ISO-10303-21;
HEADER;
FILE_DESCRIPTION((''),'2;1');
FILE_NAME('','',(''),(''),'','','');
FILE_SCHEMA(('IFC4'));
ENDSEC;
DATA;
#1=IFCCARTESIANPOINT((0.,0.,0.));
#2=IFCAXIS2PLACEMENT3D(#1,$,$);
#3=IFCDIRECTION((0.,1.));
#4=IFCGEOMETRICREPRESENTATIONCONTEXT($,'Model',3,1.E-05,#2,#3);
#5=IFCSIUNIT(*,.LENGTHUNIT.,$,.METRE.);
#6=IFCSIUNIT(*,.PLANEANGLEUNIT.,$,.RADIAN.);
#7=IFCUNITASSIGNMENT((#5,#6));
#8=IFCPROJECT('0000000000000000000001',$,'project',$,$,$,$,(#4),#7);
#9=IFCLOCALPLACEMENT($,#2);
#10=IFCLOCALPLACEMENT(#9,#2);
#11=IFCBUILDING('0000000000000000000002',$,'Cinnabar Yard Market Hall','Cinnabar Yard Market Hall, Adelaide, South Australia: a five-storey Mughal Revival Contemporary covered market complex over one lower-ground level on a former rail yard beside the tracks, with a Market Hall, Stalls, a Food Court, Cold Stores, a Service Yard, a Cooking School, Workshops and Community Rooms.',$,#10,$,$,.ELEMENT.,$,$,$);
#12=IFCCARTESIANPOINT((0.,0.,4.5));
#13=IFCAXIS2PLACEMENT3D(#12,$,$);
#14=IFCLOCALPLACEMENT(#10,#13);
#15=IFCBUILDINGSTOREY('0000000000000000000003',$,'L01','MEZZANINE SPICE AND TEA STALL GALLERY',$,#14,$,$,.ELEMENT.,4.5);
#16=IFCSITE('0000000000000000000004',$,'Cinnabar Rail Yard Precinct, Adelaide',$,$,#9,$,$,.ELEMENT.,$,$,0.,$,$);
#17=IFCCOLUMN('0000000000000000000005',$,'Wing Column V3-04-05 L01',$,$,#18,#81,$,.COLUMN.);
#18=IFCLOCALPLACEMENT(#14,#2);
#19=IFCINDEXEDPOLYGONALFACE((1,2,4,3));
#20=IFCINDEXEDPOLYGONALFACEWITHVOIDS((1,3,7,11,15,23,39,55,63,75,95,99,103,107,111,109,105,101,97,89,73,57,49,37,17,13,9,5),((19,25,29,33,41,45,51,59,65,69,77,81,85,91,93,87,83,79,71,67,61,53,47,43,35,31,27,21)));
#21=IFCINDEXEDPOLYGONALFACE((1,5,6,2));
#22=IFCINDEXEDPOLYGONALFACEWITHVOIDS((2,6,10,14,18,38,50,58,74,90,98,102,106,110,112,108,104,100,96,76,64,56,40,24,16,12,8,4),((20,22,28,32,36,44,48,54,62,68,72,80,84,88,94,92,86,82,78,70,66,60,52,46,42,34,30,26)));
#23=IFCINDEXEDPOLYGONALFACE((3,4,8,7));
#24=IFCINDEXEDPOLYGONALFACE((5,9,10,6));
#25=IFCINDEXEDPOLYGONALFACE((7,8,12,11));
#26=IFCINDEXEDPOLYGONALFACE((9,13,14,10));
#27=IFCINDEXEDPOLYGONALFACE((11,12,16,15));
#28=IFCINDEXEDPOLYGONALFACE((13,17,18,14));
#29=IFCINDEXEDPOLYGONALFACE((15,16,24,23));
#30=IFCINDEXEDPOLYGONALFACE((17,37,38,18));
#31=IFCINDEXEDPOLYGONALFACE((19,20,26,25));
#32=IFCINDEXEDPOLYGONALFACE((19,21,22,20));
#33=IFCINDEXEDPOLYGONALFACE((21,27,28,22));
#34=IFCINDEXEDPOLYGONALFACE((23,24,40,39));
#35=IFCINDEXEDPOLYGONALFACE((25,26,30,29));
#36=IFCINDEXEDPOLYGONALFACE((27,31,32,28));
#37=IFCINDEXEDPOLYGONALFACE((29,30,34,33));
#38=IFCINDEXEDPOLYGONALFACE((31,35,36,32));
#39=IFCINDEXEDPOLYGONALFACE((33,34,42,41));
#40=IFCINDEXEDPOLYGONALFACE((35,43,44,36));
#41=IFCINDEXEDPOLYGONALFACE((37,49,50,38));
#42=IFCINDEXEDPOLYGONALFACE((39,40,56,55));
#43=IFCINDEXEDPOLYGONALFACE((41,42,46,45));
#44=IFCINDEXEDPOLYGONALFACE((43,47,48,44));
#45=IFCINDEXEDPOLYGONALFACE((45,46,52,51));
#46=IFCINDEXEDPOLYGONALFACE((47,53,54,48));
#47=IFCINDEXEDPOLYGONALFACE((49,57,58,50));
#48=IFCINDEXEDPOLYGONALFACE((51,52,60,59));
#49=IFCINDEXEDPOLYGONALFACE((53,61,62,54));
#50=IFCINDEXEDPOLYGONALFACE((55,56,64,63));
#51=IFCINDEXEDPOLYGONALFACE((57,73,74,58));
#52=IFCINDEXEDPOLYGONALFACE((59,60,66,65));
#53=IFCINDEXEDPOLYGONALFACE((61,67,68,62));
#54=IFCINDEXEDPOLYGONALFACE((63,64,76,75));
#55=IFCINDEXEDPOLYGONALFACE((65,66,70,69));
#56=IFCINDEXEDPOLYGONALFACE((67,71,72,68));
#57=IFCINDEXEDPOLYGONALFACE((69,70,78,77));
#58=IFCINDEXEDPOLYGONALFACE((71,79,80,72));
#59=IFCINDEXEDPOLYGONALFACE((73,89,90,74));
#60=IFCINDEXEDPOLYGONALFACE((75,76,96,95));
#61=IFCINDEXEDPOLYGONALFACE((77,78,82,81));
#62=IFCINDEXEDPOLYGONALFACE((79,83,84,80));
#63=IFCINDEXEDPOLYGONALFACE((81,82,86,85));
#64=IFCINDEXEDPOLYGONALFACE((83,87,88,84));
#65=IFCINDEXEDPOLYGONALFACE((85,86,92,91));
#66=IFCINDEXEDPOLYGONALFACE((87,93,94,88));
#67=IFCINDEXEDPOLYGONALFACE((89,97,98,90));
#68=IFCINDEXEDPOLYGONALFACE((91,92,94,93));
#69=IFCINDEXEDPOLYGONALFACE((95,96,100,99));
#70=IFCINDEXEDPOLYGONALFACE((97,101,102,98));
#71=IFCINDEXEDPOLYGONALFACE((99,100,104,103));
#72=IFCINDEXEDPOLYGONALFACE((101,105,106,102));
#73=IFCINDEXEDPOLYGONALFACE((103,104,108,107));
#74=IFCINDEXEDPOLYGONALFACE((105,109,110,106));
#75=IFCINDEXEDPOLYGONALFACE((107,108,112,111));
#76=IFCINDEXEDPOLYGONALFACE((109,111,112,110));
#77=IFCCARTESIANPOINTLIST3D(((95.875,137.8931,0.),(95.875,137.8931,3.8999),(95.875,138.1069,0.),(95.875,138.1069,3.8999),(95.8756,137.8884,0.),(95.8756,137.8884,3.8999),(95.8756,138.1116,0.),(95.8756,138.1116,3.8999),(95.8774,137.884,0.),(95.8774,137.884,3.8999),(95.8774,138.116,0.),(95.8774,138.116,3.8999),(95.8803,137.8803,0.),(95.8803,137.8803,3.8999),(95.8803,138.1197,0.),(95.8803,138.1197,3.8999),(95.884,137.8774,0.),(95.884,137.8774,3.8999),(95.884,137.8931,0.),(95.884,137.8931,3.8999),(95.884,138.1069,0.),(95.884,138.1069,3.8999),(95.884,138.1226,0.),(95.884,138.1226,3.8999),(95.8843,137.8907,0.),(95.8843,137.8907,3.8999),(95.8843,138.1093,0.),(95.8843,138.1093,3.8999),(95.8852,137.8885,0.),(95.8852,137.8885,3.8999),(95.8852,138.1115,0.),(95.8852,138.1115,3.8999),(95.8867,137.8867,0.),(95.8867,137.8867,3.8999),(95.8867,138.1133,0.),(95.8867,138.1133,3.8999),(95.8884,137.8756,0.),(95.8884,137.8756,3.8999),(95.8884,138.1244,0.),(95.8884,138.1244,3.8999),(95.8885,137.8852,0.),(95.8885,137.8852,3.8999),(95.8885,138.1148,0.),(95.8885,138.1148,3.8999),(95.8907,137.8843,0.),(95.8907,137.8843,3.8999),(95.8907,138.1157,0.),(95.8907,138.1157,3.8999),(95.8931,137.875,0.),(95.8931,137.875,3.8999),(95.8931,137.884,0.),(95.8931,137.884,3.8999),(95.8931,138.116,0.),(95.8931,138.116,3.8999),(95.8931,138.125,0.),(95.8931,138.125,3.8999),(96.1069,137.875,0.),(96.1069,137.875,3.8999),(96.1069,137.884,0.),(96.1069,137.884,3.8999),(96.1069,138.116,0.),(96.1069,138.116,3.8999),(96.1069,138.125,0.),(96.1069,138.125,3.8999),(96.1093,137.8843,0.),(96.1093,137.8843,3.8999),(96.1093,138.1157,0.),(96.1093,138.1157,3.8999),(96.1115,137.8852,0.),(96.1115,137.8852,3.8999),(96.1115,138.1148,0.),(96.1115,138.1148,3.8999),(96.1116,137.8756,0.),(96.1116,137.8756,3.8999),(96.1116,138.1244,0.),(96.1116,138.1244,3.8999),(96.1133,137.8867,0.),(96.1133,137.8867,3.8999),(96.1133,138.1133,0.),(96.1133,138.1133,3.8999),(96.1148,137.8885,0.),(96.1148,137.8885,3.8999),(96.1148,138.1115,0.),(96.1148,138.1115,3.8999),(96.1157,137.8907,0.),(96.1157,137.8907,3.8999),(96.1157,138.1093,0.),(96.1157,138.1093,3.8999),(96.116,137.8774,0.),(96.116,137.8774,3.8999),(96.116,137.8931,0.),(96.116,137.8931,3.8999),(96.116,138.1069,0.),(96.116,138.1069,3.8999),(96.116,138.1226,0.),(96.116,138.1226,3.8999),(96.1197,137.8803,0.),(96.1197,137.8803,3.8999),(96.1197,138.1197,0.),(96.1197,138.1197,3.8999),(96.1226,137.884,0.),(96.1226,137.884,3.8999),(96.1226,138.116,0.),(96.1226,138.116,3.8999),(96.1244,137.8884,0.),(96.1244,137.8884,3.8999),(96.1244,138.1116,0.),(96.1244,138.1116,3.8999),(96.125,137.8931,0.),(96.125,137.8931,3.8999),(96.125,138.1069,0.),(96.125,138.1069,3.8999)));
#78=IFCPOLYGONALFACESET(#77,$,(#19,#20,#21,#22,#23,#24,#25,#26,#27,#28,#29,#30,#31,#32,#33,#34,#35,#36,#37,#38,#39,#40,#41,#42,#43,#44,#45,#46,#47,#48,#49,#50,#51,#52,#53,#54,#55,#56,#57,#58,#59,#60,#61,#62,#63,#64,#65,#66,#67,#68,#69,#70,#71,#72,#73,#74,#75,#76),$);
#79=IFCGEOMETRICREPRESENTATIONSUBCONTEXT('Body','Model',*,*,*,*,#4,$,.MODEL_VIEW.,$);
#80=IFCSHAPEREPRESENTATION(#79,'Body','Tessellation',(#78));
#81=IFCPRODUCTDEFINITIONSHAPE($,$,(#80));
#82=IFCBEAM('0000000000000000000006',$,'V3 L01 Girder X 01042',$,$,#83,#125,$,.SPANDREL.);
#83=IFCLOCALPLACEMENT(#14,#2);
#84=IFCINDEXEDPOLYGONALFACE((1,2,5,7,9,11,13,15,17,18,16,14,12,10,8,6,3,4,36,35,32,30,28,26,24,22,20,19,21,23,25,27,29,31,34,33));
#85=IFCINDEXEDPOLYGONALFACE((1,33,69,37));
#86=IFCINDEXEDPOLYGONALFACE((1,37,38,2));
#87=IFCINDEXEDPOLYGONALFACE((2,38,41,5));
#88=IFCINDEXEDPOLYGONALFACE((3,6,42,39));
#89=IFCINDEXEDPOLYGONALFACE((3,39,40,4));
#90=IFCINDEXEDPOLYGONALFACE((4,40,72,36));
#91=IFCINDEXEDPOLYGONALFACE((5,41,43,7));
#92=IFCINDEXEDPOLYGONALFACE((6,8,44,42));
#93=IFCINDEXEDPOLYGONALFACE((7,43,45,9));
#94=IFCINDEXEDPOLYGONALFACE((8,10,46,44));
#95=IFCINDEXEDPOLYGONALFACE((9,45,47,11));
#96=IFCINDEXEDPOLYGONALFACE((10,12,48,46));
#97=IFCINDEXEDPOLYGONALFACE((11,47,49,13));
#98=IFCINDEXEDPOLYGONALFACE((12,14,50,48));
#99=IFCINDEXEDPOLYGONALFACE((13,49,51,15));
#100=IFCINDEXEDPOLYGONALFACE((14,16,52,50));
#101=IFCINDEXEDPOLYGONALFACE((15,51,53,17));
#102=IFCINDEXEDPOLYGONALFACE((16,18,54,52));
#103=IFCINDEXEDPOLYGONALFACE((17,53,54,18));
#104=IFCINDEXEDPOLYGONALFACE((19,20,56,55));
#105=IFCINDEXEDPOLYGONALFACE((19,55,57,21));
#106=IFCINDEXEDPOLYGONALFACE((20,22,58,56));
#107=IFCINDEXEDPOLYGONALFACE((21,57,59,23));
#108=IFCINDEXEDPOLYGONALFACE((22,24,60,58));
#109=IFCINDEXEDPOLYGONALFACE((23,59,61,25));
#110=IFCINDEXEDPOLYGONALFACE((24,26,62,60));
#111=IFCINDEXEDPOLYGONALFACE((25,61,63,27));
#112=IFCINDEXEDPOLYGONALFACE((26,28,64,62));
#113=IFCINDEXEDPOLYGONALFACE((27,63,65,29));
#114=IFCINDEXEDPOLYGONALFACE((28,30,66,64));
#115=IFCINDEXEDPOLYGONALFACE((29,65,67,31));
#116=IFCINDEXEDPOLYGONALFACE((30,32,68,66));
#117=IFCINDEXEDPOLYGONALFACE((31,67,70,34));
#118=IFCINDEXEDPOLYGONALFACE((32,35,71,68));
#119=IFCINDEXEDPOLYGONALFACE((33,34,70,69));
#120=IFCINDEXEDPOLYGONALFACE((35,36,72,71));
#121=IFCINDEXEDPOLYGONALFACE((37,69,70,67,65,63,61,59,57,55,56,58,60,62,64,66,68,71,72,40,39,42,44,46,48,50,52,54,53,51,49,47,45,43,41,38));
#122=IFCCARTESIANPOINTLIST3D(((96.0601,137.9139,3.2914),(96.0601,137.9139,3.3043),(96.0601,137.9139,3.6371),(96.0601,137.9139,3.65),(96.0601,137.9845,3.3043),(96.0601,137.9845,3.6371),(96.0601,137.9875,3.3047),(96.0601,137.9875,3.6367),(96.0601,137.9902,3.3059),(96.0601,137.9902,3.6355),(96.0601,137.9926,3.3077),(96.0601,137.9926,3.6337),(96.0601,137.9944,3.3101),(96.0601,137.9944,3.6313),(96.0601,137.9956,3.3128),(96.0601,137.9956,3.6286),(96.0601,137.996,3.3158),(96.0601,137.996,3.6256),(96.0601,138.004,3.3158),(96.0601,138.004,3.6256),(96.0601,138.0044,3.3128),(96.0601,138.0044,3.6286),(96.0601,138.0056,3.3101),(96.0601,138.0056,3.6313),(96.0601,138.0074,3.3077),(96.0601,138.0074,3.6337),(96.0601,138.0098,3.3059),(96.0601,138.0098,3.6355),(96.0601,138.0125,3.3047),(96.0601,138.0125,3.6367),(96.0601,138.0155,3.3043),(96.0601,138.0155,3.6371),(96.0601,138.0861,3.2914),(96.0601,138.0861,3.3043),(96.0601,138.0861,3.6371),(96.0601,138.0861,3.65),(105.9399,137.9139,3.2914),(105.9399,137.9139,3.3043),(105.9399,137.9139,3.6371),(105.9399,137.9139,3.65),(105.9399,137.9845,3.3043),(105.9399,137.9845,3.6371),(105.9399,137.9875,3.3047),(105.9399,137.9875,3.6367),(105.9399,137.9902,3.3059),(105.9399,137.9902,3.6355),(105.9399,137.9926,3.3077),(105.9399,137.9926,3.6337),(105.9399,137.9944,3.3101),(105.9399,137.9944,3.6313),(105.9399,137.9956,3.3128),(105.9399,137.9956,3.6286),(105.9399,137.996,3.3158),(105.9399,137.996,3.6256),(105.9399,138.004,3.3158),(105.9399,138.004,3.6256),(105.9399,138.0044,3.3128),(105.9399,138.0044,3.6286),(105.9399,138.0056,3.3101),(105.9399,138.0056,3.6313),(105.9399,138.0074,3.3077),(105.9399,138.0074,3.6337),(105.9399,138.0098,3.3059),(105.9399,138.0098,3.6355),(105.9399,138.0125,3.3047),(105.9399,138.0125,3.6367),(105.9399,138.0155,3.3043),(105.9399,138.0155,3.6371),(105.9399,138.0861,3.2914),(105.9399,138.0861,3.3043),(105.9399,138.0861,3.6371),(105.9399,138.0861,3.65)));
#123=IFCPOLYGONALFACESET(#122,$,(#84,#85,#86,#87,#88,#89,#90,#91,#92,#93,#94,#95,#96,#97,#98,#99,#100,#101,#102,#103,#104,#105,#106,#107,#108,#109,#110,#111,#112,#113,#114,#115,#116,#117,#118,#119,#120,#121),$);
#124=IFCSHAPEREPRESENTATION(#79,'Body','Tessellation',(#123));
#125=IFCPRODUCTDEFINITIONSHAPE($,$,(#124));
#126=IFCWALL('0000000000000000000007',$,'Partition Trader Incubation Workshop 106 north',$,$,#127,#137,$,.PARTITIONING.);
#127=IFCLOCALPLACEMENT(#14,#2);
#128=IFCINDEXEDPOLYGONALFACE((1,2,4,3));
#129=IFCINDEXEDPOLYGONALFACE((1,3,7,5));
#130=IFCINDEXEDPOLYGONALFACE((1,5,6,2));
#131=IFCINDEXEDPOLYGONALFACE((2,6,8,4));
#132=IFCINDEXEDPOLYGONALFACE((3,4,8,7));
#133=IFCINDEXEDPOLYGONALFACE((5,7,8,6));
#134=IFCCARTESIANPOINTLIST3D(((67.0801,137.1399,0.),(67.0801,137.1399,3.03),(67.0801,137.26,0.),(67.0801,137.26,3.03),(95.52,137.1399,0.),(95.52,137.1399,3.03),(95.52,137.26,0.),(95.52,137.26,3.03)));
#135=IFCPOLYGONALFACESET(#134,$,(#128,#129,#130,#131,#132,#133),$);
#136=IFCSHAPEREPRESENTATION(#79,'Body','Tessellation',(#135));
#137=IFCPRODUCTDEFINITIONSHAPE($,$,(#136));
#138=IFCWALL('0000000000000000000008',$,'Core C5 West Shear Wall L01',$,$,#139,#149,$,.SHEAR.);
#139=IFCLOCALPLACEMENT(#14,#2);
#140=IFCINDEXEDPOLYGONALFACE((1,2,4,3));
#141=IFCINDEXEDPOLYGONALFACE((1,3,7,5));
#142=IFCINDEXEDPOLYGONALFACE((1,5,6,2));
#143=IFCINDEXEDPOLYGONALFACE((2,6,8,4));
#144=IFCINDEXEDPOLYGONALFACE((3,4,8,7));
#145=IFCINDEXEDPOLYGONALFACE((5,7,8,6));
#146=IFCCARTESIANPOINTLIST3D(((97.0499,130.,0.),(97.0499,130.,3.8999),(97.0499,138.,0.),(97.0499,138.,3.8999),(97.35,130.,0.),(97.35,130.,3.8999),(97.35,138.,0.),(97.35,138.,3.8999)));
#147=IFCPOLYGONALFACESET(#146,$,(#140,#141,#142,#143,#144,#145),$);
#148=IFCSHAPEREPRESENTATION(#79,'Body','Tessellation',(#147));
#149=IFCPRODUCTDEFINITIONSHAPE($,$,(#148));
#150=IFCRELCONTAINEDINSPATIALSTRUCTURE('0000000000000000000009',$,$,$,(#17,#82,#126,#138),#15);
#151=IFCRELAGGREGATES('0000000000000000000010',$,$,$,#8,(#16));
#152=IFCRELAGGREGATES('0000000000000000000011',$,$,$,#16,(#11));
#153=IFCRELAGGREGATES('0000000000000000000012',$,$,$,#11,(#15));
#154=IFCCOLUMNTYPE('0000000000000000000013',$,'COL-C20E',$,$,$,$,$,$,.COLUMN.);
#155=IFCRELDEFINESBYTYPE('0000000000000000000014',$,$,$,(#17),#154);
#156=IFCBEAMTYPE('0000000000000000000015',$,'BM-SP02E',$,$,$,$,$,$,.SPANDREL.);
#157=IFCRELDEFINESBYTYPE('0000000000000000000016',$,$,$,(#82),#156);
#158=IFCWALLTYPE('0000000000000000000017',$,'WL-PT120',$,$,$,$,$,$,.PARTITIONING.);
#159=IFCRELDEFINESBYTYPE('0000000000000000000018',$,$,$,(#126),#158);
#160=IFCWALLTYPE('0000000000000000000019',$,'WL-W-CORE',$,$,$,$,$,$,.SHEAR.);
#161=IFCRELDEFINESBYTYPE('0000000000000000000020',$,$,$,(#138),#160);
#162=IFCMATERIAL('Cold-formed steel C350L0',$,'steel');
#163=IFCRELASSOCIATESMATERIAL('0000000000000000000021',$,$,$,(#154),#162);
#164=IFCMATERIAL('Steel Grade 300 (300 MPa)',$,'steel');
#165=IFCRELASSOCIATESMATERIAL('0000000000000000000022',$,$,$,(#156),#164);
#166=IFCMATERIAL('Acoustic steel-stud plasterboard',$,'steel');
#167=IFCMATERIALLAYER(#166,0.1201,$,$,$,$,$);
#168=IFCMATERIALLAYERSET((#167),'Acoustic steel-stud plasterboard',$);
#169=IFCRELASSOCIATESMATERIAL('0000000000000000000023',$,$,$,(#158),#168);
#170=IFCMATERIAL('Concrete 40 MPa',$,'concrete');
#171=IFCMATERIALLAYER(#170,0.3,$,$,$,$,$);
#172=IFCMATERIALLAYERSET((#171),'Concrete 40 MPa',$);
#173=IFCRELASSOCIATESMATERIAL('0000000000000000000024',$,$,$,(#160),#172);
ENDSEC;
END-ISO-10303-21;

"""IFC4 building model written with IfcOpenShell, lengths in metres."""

from ifc_helpers import new_model, si_unit, direction, frame, frame_2d, origin, origin_2d_with_axis, place, context, subcontext, project, spatial, rectangle, hollow_rectangle, i_section, extrude, material, layer, layer_set, material_profile, profile_set, type_object, element, save


model = new_model("IFC4")

# Units and contexts
model_context = context("Model", 3, precision=1e-05, world=origin(), true_north=direction((0.0, 1.0)))
body_context = subcontext(model_context, "Body", "Model", "MODEL_VIEW")
ifc_project = project(units=[si_unit("LENGTHUNIT", "METRE"), si_unit("PLANEANGLEUNIT", "RADIAN")], contexts=[model_context])

# Site, building, storey
site_placement = place(None, origin())
site = spatial("IfcSite", under=ifc_project, at=site_placement, Name="Cinnabar Rail Yard Precinct, Adelaide", CompositionType="ELEMENT", RefElevation=0.0)
building_placement = place(site_placement, origin())
building = spatial("IfcBuilding", under=site, at=building_placement, Name="Cinnabar Yard Market Hall", Description="Cinnabar Yard Market Hall, Adelaide, South Australia: a five-storey Mughal Revival Contemporary covered market complex over one lower-ground level on a former rail yard beside the tracks, with a Market Hall, Stalls, a Food Court, Cold Stores, a Service Yard, a Cooking School, Workshops and Community Rooms.", CompositionType="ELEMENT")
storey_placement = place(building_placement, frame((0.0, 0.0, 4.5)))
storey = spatial("IfcBuildingStorey", under=building, at=storey_placement, Name="L01", Description="MEZZANINE SPICE AND TEA STALL GALLERY", CompositionType="ELEMENT", Elevation=4.5)

# Column
ifc_material_1 = material(Name="Cold-formed steel C350L0", Category="steel")
ifc_material_profile_1 = material_profile(ifc_material_1, hollow_rectangle(XDim=0.25, YDim=0.25, WallThickness=0.009, InnerFilletRadius=0.009, OuterFilletRadius=0.0181, at=origin_2d_with_axis()), Name="250x250x9.0SHS")
ifc_profile_set_1 = profile_set([ifc_material_profile_1], Name="Cold-formed steel C350L0")
column_type = type_object("IfcColumnType", Name="COL-C20E", PredefinedType="COLUMN", material=ifc_profile_set_1)
column_placement = place(storey_placement, frame((96.0, 138.0, 0.0), z_axis=(0.0, 0.0, 1.0), x_axis=(1.0, 0.0, 0.0)))
element("IfcColumn", 1, at=column_placement, inside=storey, type_object=column_type, Name="Wing Column V3-04-05 L01", PredefinedType="COLUMN", context=body_context, shape_type="SweptSolid", body=[
    extrude(hollow_rectangle(XDim=0.25, YDim=0.25, WallThickness=0.009, InnerFilletRadius=0.009, OuterFilletRadius=0.0181, at=origin_2d_with_axis()), origin(), (0.0, 0.0, 1.0), 3.8999),
])

# Beam
ifc_material_2 = material(Name="Steel Grade 300 (300 MPa)", Category="steel")
ifc_material_profile_2 = material_profile(ifc_material_2, i_section(OverallWidth=0.1721, OverallDepth=0.3586, WebThickness=0.0081, FlangeThickness=0.0129, FilletRadius=0.0115, at=origin_2d_with_axis()), Name="360UB56.7")
ifc_profile_set_2 = profile_set([ifc_material_profile_2], Name="Steel Grade 300 (300 MPa)")
beam_type = type_object("IfcBeamType", Name="BM-SP02E", PredefinedType="SPANDREL", material=ifc_profile_set_2)
beam_placement = place(storey_placement, frame((96.0601, 138.0, 3.4707), z_axis=(1.0, 0.0, 0.0), x_axis=(0.0, 1.0, 0.0)))
element("IfcBeam", 2, at=beam_placement, inside=storey, type_object=beam_type, Name="V3 L01 Girder X 01042", PredefinedType="SPANDREL", context=body_context, shape_type="SweptSolid", body=[
    extrude(i_section(OverallWidth=0.1721, OverallDepth=0.3586, WebThickness=0.0081, FlangeThickness=0.0129, FilletRadius=0.0115, at=origin_2d_with_axis()), origin(), (0.0, 0.0, 1.0), 9.8799),
])

# Walls
ifc_material_3 = material(Name="Acoustic steel-stud plasterboard", Category="steel")
ifc_layer_1 = layer(ifc_material_3, 0.1201)
ifc_layer_set_1 = layer_set([ifc_layer_1], Name="Acoustic steel-stud plasterboard")
wall_type_1 = type_object("IfcWallType", Name="WL-PT120", PredefinedType="PARTITIONING", material=ifc_layer_set_1)
wall_1_placement = place(storey_placement, frame((95.52, 137.2, 0.0), z_axis=(0.0, 0.0, 1.0), x_axis=(-1.0, 0.0, 0.0)))
element("IfcWall", 3, at=wall_1_placement, inside=storey, type_object=wall_type_1, Name="Partition Trader Incubation Workshop 106 north", PredefinedType="PARTITIONING", context=body_context, shape_type="SweptSolid", body=[
    extrude(rectangle(XDim=28.4399, YDim=0.1201, at=frame_2d((14.22, 0.0), x_axis=(1.0, 0.0))), origin(), (0.0, 0.0, 1.0), 3.03),
])
ifc_material_4 = material(Name="Concrete 40 MPa", Category="concrete")
ifc_layer_2 = layer(ifc_material_4, 0.3)
ifc_layer_set_2 = layer_set([ifc_layer_2], Name="Concrete 40 MPa")
wall_type_2 = type_object("IfcWallType", Name="WL-W-CORE", PredefinedType="SHEAR", material=ifc_layer_set_2)
wall_2_placement = place(storey_placement, frame((97.2, 138.0, 0.0), z_axis=(0.0, 0.0, 1.0), x_axis=(0.0, -1.0, 0.0)))
element("IfcWall", 4, at=wall_2_placement, inside=storey, type_object=wall_type_2, Name="Core C5 West Shear Wall L01", PredefinedType="SHEAR", context=body_context, shape_type="SweptSolid", body=[
    extrude(rectangle(XDim=8.0, YDim=0.3, at=frame_2d((4.0, 0.0), x_axis=(1.0, 0.0))), origin(), (0.0, 0.0, 1.0), 3.8999),
])

save(model, "model.ifc")
